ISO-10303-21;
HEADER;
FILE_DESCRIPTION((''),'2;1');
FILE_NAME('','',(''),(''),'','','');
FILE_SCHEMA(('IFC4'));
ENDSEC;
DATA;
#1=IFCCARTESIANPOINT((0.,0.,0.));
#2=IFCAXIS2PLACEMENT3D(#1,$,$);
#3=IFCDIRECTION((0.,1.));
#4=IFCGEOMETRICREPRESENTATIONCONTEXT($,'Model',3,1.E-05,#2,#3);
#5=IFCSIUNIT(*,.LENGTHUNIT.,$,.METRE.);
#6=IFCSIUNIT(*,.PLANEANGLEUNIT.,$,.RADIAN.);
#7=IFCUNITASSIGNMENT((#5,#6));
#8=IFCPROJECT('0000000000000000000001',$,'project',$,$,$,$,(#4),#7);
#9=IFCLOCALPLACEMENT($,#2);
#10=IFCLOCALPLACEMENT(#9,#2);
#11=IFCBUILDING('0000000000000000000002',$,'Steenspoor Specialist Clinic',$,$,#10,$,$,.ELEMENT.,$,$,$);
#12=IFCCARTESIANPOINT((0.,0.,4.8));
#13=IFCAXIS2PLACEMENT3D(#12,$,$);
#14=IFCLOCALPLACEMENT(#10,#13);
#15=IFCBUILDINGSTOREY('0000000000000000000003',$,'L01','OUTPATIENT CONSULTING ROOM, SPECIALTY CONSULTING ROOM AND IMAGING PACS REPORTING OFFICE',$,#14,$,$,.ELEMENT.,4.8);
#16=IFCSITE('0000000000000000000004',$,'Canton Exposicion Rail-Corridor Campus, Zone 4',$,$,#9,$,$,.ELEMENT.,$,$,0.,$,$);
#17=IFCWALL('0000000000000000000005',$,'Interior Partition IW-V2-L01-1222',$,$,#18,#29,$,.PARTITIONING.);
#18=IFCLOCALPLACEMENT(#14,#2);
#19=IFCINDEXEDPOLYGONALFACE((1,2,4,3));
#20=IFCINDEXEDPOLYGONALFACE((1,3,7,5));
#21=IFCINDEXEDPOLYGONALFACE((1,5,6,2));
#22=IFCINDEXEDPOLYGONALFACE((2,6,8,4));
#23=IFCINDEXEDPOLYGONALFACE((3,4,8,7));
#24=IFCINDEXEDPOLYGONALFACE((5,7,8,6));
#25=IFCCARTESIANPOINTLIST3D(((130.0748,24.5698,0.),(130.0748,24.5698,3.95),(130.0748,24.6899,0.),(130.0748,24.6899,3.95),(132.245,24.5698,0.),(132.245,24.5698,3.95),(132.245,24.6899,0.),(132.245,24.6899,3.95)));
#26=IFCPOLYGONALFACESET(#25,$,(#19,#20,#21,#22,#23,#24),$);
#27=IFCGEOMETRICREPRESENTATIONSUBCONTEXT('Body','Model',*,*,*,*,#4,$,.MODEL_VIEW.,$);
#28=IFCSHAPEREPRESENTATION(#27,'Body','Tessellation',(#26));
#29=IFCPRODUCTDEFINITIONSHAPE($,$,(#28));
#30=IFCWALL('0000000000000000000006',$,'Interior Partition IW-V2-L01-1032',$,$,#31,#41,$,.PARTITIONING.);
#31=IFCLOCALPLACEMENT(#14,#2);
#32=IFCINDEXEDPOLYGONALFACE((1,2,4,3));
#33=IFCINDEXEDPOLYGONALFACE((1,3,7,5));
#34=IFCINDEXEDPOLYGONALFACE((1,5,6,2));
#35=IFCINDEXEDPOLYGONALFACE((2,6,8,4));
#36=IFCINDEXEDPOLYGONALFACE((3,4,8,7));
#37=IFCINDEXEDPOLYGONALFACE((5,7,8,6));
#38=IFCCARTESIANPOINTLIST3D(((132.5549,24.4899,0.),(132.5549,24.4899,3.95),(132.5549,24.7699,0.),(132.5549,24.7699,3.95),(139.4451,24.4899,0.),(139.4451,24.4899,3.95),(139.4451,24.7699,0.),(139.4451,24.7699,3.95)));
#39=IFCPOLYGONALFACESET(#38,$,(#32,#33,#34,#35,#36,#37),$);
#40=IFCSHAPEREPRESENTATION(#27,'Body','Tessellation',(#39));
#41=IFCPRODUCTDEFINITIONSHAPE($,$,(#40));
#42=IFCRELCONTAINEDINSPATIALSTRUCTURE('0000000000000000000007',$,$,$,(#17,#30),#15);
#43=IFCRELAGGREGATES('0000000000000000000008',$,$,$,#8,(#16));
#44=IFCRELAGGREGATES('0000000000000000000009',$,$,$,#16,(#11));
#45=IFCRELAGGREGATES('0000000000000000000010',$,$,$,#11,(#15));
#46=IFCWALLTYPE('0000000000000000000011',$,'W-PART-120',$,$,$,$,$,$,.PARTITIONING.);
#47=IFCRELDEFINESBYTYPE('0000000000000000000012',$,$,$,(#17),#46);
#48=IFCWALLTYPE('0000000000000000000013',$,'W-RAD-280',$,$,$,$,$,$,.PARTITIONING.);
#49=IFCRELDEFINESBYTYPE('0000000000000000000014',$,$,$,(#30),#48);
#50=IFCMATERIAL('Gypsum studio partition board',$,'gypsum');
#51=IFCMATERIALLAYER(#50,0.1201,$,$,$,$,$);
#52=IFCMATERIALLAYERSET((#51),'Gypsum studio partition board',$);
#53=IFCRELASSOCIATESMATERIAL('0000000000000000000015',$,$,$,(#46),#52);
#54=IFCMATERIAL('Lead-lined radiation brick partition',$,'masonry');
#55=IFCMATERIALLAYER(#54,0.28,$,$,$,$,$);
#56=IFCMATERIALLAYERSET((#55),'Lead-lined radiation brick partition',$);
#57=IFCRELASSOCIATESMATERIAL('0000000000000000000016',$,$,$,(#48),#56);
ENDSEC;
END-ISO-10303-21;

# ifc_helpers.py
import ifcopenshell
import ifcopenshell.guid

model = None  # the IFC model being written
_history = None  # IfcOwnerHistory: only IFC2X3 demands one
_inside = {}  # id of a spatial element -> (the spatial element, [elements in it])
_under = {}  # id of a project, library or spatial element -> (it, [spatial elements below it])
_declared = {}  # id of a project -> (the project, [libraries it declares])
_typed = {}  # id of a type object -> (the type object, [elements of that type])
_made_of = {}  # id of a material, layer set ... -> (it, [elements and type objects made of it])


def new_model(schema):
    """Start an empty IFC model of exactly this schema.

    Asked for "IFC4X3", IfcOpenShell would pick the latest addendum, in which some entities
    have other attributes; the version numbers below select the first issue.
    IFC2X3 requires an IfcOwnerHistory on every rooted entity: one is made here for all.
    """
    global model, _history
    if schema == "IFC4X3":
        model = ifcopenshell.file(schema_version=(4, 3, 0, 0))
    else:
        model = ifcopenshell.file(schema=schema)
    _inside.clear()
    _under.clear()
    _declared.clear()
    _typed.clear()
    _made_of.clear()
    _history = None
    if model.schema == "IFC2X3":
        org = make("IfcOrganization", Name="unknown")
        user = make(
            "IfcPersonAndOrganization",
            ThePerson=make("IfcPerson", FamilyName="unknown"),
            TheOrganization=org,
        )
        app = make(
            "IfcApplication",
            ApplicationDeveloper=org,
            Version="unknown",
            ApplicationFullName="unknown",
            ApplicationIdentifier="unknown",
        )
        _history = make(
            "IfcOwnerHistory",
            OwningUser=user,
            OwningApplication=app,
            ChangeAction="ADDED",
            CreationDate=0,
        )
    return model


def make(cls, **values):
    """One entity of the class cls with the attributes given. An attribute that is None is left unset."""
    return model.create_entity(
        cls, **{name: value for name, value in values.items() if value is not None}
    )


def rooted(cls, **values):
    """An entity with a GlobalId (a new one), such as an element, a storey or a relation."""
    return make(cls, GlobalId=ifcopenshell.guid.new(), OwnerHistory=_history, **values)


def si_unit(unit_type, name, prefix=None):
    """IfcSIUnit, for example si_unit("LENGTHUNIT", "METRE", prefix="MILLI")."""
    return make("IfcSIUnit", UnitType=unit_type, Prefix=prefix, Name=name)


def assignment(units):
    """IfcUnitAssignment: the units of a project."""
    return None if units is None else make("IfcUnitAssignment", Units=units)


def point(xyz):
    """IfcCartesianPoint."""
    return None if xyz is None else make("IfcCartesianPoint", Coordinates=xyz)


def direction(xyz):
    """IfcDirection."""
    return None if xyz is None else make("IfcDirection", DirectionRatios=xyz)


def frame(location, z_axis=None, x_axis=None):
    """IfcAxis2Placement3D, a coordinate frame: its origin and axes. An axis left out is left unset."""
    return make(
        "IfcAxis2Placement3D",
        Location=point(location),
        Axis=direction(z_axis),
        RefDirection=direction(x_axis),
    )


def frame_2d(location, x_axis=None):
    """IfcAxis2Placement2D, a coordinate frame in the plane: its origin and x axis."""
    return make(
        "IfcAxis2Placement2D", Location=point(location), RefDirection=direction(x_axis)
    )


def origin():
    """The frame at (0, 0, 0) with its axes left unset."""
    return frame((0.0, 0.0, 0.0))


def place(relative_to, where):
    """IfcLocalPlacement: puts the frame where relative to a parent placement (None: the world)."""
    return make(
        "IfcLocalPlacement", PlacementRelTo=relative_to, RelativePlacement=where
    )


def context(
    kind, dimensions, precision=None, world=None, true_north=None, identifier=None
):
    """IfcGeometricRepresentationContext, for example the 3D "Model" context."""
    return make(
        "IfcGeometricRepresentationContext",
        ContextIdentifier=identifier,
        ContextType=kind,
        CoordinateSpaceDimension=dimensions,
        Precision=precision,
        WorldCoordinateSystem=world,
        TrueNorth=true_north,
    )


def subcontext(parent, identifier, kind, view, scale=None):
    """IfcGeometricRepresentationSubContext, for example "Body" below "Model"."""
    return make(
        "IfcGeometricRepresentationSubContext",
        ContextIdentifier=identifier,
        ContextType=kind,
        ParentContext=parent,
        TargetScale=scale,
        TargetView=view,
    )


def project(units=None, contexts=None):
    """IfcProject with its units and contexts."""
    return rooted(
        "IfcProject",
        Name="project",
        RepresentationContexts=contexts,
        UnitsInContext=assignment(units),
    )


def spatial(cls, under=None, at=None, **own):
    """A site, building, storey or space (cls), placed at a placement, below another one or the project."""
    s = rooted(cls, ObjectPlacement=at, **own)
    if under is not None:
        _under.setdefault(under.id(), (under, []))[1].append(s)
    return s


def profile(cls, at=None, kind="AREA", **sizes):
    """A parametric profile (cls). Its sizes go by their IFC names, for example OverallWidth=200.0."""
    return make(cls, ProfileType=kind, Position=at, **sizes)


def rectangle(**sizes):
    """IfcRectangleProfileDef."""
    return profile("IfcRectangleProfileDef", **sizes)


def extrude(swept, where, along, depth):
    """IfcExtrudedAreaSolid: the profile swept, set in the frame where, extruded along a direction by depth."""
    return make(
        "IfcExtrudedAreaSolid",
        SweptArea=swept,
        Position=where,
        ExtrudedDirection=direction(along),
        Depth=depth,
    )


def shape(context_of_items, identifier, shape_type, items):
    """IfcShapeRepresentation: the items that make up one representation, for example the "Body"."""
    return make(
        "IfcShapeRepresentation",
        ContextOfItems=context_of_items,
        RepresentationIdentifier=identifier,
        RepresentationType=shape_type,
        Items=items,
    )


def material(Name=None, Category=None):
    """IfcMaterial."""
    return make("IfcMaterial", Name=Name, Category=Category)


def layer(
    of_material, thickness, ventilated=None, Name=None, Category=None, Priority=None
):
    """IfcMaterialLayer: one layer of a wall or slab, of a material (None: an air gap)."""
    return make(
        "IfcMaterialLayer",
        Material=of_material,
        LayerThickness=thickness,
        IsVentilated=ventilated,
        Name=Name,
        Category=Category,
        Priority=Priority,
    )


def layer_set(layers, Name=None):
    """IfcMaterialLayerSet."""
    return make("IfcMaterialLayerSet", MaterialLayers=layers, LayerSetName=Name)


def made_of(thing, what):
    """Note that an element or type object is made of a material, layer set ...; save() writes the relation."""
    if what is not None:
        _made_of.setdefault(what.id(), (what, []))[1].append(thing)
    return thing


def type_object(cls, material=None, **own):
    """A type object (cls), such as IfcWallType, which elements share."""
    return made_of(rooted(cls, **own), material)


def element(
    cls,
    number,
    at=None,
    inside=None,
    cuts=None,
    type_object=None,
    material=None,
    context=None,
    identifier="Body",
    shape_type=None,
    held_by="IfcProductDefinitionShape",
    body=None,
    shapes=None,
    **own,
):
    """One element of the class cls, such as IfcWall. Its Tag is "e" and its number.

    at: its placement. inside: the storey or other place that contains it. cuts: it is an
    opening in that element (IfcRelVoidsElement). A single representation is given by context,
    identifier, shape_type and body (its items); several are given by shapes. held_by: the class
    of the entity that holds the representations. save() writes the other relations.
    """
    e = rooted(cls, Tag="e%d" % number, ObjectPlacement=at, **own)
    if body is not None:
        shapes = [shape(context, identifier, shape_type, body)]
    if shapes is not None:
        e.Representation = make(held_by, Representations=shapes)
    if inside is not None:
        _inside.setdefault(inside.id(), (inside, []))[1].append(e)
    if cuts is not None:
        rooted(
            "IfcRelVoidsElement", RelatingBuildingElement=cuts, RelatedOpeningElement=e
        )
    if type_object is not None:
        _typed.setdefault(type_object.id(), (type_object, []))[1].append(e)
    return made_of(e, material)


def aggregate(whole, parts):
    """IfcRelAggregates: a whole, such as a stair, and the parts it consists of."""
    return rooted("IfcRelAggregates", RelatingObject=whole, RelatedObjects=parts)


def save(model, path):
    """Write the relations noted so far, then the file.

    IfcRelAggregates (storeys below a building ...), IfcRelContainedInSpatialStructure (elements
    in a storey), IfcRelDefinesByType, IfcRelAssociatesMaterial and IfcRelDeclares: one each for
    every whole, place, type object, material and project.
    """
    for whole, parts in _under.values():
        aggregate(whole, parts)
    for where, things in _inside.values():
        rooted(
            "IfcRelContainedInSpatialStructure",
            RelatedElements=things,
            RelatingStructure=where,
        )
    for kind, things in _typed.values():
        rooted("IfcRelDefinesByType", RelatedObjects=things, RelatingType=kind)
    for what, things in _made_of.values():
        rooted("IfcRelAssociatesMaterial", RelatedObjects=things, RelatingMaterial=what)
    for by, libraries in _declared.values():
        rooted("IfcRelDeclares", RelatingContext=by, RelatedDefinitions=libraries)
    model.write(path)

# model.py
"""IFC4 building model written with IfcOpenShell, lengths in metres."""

from ifc_helpers import new_model, si_unit, direction, frame, frame_2d, origin, place, context, subcontext, project, spatial, rectangle, extrude, material, layer, layer_set, type_object, element, save


model = new_model("IFC4")

# Units and contexts
model_context = context("Model", 3, precision=1e-05, world=origin(), true_north=direction((0.0, 1.0)))
body_context = subcontext(model_context, "Body", "Model", "MODEL_VIEW")
ifc_project = project(units=[si_unit("LENGTHUNIT", "METRE"), si_unit("PLANEANGLEUNIT", "RADIAN")], contexts=[model_context])

# Site, building, storey
site_placement = place(None, origin())
site = spatial("IfcSite", under=ifc_project, at=site_placement, Name="Canton Exposicion Rail-Corridor Campus, Zone 4", CompositionType="ELEMENT", RefElevation=0.0)
building_placement = place(site_placement, origin())
building = spatial("IfcBuilding", under=site, at=building_placement, Name="Steenspoor Specialist Clinic", CompositionType="ELEMENT")
storey_placement = place(building_placement, frame((0.0, 0.0, 4.8)))
storey = spatial("IfcBuildingStorey", under=building, at=storey_placement, Name="L01", Description="OUTPATIENT CONSULTING ROOM, SPECIALTY CONSULTING ROOM AND IMAGING PACS REPORTING OFFICE", CompositionType="ELEMENT", Elevation=4.8)

# Shared definitions
ifc_material_1 = material(Name="Gypsum studio partition board", Category="gypsum")
ifc_layer_1 = layer(ifc_material_1, 0.1201)
ifc_layer_set_1 = layer_set([ifc_layer_1], Name="Gypsum studio partition board")
wall_type_1 = type_object("IfcWallType", Name="W-PART-120", PredefinedType="PARTITIONING", material=ifc_layer_set_1)

# Walls
wall_1_placement = place(storey_placement, frame((130.075, 24.6299, 0.0), z_axis=(0.0, 0.0, 1.0), x_axis=(1.0, 0.0, 0.0)))
element("IfcWall", 1, at=wall_1_placement, inside=storey, type_object=wall_type_1, Name="Interior Partition IW-V2-L01-1222", PredefinedType="PARTITIONING", context=body_context, shape_type="SweptSolid", body=[
    extrude(rectangle(XDim=2.1702, YDim=0.1201, at=frame_2d((1.085, 0.0))), origin(), (0.0, 0.0, 1.0), 3.95),
])
ifc_material_2 = material(Name="Lead-lined radiation brick partition", Category="masonry")
ifc_layer_2 = layer(ifc_material_2, 0.28)
ifc_layer_set_2 = layer_set([ifc_layer_2], Name="Lead-lined radiation brick partition")
wall_type_2 = type_object("IfcWallType", Name="W-RAD-280", PredefinedType="PARTITIONING", material=ifc_layer_set_2)
wall_2_placement = place(storey_placement, frame((132.5549, 24.6299, 0.0), z_axis=(0.0, 0.0, 1.0), x_axis=(1.0, 0.0, 0.0)))
element("IfcWall", 2, at=wall_2_placement, inside=storey, type_object=wall_type_2, Name="Interior Partition IW-V2-L01-1032", PredefinedType="PARTITIONING", context=body_context, shape_type="SweptSolid", body=[
    extrude(rectangle(XDim=6.8901, YDim=0.28, at=frame_2d((3.4451, 0.0))), origin(), (0.0, 0.0, 1.0), 3.95),
])

save(model, "model.ifc")
